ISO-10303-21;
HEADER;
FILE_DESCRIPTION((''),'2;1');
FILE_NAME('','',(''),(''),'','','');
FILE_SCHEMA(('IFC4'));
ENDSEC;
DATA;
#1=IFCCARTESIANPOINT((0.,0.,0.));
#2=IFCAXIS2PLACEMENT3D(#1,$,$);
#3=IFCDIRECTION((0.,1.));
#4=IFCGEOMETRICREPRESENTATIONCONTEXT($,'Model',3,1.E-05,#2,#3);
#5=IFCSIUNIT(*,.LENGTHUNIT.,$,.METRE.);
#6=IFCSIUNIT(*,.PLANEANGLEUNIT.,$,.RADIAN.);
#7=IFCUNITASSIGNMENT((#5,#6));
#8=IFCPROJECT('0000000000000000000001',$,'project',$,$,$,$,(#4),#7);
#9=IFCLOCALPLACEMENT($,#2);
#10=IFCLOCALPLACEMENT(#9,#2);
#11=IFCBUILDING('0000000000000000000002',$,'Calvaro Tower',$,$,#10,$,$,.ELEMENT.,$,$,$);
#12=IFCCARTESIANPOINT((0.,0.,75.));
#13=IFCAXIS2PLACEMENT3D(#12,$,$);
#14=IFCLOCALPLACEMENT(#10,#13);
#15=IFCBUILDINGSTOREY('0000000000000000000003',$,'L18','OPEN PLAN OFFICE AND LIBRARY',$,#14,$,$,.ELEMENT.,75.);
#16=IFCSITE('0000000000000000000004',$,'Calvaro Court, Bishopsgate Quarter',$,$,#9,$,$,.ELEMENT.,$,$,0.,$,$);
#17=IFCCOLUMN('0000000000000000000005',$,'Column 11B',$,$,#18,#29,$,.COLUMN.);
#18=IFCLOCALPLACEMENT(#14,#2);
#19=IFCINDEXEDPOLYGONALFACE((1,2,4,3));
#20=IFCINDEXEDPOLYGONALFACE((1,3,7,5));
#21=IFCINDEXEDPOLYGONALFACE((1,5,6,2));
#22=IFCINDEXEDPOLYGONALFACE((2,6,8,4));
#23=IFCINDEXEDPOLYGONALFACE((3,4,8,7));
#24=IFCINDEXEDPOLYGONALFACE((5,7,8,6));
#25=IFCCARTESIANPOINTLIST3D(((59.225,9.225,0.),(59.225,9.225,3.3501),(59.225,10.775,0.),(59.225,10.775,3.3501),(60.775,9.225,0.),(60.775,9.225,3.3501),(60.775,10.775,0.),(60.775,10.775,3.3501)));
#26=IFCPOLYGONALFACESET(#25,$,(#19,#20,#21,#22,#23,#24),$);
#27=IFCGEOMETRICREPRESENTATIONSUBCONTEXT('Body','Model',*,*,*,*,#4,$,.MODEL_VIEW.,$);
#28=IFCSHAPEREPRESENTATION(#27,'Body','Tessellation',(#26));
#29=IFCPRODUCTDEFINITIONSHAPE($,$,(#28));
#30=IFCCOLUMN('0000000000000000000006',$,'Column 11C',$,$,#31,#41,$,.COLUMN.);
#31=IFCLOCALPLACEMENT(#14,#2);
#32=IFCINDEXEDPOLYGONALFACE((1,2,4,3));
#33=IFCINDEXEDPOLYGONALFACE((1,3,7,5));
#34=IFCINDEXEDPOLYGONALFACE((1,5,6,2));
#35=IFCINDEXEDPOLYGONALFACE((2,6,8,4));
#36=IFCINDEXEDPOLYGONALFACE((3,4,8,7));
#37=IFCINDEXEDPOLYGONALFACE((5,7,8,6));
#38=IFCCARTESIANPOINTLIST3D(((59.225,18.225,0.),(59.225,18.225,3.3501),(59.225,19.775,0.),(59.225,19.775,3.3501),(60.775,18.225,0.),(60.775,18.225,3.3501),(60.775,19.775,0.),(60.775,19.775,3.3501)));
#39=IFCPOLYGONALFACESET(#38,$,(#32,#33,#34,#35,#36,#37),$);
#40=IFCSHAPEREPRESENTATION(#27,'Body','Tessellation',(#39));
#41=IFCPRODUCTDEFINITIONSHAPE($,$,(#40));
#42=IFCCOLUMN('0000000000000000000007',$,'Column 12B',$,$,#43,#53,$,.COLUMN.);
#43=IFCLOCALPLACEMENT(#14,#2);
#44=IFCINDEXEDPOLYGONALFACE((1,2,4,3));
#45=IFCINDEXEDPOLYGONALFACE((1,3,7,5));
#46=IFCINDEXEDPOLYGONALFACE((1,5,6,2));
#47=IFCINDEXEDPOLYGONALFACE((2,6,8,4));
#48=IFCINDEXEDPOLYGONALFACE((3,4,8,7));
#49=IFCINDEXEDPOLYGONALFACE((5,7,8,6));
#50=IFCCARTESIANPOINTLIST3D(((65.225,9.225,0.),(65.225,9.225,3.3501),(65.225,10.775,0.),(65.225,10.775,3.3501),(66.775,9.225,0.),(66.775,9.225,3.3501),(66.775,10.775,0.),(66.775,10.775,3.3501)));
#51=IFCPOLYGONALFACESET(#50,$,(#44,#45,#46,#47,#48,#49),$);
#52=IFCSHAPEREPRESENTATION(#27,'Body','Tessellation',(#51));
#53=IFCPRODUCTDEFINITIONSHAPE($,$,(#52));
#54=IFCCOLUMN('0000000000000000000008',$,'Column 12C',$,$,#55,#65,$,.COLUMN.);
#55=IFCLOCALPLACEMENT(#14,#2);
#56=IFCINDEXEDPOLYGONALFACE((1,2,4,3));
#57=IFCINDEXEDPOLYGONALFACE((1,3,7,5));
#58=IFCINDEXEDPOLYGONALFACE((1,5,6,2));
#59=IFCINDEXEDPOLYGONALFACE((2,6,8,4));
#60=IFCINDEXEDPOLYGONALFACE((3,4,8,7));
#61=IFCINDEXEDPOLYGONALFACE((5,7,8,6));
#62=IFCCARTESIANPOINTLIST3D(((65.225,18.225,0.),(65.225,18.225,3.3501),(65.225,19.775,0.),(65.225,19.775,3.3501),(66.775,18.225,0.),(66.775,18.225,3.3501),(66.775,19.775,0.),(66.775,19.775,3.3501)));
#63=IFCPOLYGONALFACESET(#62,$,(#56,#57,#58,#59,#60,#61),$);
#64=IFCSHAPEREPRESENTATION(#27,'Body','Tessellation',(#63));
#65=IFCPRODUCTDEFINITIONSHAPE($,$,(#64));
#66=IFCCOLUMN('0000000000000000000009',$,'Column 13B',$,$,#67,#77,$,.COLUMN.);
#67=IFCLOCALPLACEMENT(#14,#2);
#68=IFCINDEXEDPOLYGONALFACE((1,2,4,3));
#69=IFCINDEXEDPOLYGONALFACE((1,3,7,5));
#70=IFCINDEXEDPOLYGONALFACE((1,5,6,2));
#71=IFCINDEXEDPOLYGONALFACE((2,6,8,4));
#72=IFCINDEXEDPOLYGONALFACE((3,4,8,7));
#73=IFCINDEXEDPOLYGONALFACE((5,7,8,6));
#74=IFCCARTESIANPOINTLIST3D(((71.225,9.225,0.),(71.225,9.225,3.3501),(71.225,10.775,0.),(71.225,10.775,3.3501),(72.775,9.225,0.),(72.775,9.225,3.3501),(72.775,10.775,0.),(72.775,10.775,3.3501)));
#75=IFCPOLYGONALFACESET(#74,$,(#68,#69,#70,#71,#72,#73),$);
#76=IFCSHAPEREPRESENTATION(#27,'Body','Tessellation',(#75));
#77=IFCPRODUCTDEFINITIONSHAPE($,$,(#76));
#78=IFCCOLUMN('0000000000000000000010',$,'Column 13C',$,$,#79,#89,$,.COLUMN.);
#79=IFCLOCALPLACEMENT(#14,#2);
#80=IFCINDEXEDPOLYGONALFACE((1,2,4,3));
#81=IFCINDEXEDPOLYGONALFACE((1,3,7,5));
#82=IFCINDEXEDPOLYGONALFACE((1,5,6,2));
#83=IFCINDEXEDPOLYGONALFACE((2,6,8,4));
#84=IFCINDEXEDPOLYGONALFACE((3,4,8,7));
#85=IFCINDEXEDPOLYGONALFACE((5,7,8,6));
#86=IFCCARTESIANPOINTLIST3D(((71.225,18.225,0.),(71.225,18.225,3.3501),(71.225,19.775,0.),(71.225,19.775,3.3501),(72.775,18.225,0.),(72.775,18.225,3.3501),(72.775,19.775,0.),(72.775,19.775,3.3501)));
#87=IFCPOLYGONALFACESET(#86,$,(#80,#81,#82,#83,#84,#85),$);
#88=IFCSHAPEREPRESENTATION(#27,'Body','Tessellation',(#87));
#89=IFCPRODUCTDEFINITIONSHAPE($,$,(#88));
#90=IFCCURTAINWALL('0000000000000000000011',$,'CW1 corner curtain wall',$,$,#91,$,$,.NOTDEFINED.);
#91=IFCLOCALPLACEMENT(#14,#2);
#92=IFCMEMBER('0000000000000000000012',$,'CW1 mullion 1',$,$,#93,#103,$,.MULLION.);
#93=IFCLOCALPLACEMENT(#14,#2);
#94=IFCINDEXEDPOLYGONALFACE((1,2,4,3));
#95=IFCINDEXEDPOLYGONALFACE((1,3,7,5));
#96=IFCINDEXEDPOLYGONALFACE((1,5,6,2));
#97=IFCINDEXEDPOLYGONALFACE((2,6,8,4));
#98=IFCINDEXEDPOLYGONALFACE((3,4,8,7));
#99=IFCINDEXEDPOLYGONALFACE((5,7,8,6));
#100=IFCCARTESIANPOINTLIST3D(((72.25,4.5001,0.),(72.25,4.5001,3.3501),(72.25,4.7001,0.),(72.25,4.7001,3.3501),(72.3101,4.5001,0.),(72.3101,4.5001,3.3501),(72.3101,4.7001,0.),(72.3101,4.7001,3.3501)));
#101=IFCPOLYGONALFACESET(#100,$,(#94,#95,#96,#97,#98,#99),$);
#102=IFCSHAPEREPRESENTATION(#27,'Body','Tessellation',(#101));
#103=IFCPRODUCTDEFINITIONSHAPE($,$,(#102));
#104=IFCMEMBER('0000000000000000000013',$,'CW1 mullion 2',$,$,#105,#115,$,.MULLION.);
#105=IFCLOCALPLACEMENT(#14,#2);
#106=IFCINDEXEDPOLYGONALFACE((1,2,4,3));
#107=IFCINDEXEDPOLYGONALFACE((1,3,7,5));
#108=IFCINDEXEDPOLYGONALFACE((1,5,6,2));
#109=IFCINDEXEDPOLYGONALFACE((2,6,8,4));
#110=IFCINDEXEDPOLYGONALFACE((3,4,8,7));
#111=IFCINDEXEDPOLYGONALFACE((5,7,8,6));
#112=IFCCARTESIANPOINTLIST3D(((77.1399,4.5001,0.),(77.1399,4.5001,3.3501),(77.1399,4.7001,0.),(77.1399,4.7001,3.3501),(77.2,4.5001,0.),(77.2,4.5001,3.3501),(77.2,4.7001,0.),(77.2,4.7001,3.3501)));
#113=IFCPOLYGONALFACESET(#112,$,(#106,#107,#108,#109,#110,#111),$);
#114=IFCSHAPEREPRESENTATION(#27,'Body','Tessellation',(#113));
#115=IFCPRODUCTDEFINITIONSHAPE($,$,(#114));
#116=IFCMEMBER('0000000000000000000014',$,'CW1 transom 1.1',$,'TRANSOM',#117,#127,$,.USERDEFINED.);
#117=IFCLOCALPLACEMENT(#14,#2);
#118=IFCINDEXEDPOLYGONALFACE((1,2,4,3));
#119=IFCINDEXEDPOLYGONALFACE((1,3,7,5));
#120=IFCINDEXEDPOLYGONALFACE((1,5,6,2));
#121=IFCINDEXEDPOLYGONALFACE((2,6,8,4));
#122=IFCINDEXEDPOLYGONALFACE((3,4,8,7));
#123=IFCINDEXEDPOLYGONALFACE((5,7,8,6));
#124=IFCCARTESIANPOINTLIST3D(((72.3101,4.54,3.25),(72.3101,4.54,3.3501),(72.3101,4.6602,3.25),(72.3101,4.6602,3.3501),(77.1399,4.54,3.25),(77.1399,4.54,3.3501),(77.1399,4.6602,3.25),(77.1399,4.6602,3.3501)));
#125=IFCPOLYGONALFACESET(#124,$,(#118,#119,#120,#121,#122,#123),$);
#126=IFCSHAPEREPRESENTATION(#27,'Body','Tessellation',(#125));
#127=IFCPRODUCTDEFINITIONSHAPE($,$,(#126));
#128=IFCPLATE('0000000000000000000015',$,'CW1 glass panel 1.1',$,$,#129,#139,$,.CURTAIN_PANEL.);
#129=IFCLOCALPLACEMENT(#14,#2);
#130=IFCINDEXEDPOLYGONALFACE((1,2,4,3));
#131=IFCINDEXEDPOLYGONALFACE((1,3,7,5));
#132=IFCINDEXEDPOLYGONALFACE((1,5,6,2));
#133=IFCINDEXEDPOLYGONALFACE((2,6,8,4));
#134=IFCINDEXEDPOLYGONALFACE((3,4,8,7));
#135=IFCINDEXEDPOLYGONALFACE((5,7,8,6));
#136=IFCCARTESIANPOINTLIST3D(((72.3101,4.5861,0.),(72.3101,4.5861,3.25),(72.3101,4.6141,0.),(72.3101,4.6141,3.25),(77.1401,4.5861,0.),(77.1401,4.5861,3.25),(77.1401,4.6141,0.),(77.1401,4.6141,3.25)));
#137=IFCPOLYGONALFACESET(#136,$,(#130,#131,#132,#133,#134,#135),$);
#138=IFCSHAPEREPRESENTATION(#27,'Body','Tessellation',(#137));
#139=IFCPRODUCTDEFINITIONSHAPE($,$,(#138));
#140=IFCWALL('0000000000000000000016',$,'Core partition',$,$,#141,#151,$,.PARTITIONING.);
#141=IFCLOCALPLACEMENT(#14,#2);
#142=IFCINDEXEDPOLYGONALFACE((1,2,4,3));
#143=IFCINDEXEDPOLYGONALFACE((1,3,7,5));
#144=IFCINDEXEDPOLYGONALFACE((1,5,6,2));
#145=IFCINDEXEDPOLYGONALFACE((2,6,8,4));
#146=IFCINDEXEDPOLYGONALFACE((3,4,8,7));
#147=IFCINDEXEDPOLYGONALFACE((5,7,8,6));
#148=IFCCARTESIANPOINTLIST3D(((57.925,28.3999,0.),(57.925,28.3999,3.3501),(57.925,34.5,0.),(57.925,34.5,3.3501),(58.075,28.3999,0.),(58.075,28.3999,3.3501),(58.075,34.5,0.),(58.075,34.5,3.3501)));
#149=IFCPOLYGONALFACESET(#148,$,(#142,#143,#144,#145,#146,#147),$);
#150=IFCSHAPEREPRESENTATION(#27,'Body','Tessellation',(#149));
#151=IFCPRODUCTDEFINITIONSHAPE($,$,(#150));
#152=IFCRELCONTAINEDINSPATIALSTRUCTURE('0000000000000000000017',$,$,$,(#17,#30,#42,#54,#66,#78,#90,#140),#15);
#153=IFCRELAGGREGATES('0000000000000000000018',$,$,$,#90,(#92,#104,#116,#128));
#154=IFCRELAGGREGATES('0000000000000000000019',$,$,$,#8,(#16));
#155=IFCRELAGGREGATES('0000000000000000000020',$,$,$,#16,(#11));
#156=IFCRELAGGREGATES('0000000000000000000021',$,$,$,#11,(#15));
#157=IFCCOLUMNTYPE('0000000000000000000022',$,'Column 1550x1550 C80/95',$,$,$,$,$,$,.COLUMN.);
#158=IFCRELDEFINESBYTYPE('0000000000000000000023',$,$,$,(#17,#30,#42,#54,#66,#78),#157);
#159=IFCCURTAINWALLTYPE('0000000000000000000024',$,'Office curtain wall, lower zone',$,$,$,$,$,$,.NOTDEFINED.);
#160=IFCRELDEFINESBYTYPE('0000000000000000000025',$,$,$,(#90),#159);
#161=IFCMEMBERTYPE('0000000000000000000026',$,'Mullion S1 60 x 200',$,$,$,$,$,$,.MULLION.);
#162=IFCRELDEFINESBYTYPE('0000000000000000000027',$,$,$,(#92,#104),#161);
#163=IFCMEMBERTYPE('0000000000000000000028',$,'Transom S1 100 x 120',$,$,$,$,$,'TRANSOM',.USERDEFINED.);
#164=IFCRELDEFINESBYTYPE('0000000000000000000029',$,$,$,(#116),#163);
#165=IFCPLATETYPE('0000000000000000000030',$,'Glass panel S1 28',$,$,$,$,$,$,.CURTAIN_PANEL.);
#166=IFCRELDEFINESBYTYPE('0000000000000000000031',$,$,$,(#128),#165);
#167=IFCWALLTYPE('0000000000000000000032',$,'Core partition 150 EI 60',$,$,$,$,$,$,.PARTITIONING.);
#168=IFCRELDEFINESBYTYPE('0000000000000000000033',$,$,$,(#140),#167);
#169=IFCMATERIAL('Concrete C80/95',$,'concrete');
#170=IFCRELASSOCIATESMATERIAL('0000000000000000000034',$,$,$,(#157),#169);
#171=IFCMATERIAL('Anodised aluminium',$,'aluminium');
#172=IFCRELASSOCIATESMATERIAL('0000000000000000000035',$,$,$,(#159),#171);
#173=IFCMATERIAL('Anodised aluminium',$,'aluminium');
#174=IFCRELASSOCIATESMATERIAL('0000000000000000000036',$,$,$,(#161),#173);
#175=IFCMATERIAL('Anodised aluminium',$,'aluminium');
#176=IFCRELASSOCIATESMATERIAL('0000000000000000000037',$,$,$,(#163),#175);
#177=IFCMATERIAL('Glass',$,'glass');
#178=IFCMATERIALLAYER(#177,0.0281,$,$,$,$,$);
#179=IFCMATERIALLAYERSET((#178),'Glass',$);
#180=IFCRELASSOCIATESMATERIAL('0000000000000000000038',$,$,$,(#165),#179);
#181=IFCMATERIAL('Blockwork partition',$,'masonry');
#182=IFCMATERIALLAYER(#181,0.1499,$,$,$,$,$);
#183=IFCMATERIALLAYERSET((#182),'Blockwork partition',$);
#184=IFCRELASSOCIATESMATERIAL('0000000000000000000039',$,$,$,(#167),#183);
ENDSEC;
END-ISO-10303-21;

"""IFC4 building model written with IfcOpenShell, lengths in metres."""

from ifc_helpers import new_model, si_unit, direction, frame, frame_2d, origin, origin_2d, place, context, subcontext, project, spatial, rectangle, extrude, material, layer, layer_set, material_profile, profile_set, type_object, element, aggregate, save


model = new_model("IFC4")

# Units and contexts
model_context = context("Model", 3, precision=1e-05, world=origin(), true_north=direction((0.0, 1.0)))
body_context = subcontext(model_context, "Body", "Model", "MODEL_VIEW")
ifc_project = project(units=[si_unit("LENGTHUNIT", "METRE"), si_unit("PLANEANGLEUNIT", "RADIAN")], contexts=[model_context])

# Site, building, storey
site_placement = place(None, origin())
site = spatial("IfcSite", under=ifc_project, at=site_placement, Name="Calvaro Court, Bishopsgate Quarter", CompositionType="ELEMENT", RefElevation=0.0)
building_placement = place(site_placement, origin())
building = spatial("IfcBuilding", under=site, at=building_placement, Name="Calvaro Tower", CompositionType="ELEMENT")
storey_placement = place(building_placement, frame((0.0, 0.0, 75.0)))
storey = spatial("IfcBuildingStorey", under=building, at=storey_placement, Name="L18", Description="OPEN PLAN OFFICE AND LIBRARY", CompositionType="ELEMENT", Elevation=75.0)

# Columns
ifc_material_1 = material(Name="Concrete C80/95", Category="concrete")
ifc_material_profile_1 = material_profile(ifc_material_1, rectangle(XDim=1.55, YDim=1.55, at=origin_2d()), Name="RC 1550x1550")
ifc_profile_set_1 = profile_set([ifc_material_profile_1], Name="Concrete C80/95")
column_type = type_object("IfcColumnType", Name="Column 1550x1550 C80/95", PredefinedType="COLUMN", material=ifc_profile_set_1)
for number, where, z_axis, x_axis, name in (
    (1, (60.0, 10.0, 0.0), (0.0, 0.0, 1.0), (1.0, 0.0, 0.0), "Column 11B"),
    (2, (60.0, 19.0, 0.0), (0.0, 0.0, 1.0), (1.0, 0.0, 0.0), "Column 11C"),
    (3, (66.0, 10.0, 0.0), (0.0, 0.0, 1.0), (1.0, 0.0, 0.0), "Column 12B"),
    (4, (66.0, 19.0, 0.0), (0.0, 0.0, 1.0), (1.0, 0.0, 0.0), "Column 12C"),
    (5, (72.0, 10.0, 0.0), (0.0, 0.0, 1.0), (1.0, 0.0, 0.0), "Column 13B"),
    (6, (72.0, 19.0, 0.0), (0.0, 0.0, 1.0), (1.0, 0.0, 0.0), "Column 13C"),
):
    element("IfcColumn", number, at=place(storey_placement, frame(where, z_axis=z_axis, x_axis=x_axis)), inside=storey, type_object=column_type, Name=name, PredefinedType="COLUMN", context=body_context, shape_type="SweptSolid", body=[
        extrude(rectangle(XDim=1.55, YDim=1.55, at=origin_2d()), origin(), (0.0, 0.0, 1.0), 3.3501),
    ])

# Curtain wall, members, plate
ifc_material_2 = material(Name="Anodised aluminium", Category="aluminium")
curtain_wall_type = type_object("IfcCurtainWallType", Name="Office curtain wall, lower zone", PredefinedType="NOTDEFINED", material=ifc_material_2)
curtain_wall_placement = place(storey_placement, origin())
curtain_wall = element("IfcCurtainWall", 7, at=curtain_wall_placement, inside=storey, type_object=curtain_wall_type, Name="CW1 corner curtain wall", PredefinedType="NOTDEFINED")
ifc_material_3 = material(Name="Anodised aluminium", Category="aluminium")
ifc_material_profile_2 = material_profile(ifc_material_3, rectangle(XDim=0.2, YDim=0.0601, at=origin_2d()), Name="Mullion S1 60 x 200")
ifc_profile_set_2 = profile_set([ifc_material_profile_2], Name="Anodised aluminium")
member_type_1 = type_object("IfcMemberType", Name="Mullion S1 60 x 200", PredefinedType="MULLION", material=ifc_profile_set_2)
member_1_placement = place(storey_placement, frame((72.28, 4.6001, 0.0), z_axis=(0.0, 0.0, 1.0), x_axis=(0.0, 1.0, 0.0)))
member_1 = element("IfcMember", 8, at=member_1_placement, type_object=member_type_1, Name="CW1 mullion 1", PredefinedType="MULLION", context=body_context, shape_type="SweptSolid", body=[
    extrude(rectangle(XDim=0.2, YDim=0.0601, at=origin_2d()), origin(), (0.0, 0.0, 1.0), 3.3501),
])
member_2_placement = place(storey_placement, frame((77.1699, 4.6001, 0.0), z_axis=(0.0, 0.0, 1.0), x_axis=(0.0, 1.0, 0.0)))
member_2 = element("IfcMember", 9, at=member_2_placement, type_object=member_type_1, Name="CW1 mullion 2", PredefinedType="MULLION", context=body_context, shape_type="SweptSolid", body=[
    extrude(rectangle(XDim=0.2, YDim=0.0601, at=origin_2d()), origin(), (0.0, 0.0, 1.0), 3.3501),
])
ifc_material_4 = material(Name="Anodised aluminium", Category="aluminium")
ifc_material_profile_3 = material_profile(ifc_material_4, rectangle(XDim=0.1201, YDim=0.1001, at=origin_2d()), Name="Transom S1 100 x 120")
ifc_profile_set_3 = profile_set([ifc_material_profile_3], Name="Anodised aluminium")
member_type_2 = type_object("IfcMemberType", Name="Transom S1 100 x 120", ElementType="TRANSOM", PredefinedType="USERDEFINED", material=ifc_profile_set_3)
member_3_placement = place(storey_placement, frame((72.3101, 4.6001, 3.3), z_axis=(1.0, 0.0, 0.0), x_axis=(0.0, 1.0, 0.0)))
member_3 = element("IfcMember", 10, at=member_3_placement, type_object=member_type_2, Name="CW1 transom 1.1", ObjectType="TRANSOM", PredefinedType="USERDEFINED", context=body_context, shape_type="SweptSolid", body=[
    extrude(rectangle(XDim=0.1201, YDim=0.1001, at=origin_2d()), origin(), (0.0, 0.0, 1.0), 4.8298),
])
ifc_material_5 = material(Name="Glass", Category="glass")
ifc_layer_1 = layer(ifc_material_5, 0.0281)
ifc_layer_set_1 = layer_set([ifc_layer_1], Name="Glass")
plate_type = type_object("IfcPlateType", Name="Glass panel S1 28", PredefinedType="CURTAIN_PANEL", material=ifc_layer_set_1)
plate_placement = place(storey_placement, frame((74.7251, 4.6001, 0.0), z_axis=(0.0, 0.0, 1.0), x_axis=(1.0, 0.0, 0.0)))
plate = element("IfcPlate", 11, at=plate_placement, type_object=plate_type, Name="CW1 glass panel 1.1", PredefinedType="CURTAIN_PANEL", context=body_context, shape_type="SweptSolid", body=[
    extrude(rectangle(XDim=4.8301, YDim=0.0281, at=origin_2d()), origin(), (0.0, 0.0, 1.0), 3.25),
])
aggregate(curtain_wall, [member_1, member_2, member_3, plate])

# Wall
ifc_material_6 = material(Name="Blockwork partition", Category="masonry")
ifc_layer_2 = layer(ifc_material_6, 0.1499)
ifc_layer_set_2 = layer_set([ifc_layer_2], Name="Blockwork partition")
wall_type_1 = type_object("IfcWallType", Name="Core partition 150 EI 60", PredefinedType="PARTITIONING", material=ifc_layer_set_2)
wall_1_placement = place(storey_placement, frame((58.0, 28.3999, 0.0), z_axis=(0.0, 0.0, 1.0), x_axis=(0.0, 1.0, 0.0)))
element("IfcWall", 12, at=wall_1_placement, inside=storey, type_object=wall_type_1, Name="Core partition", PredefinedType="PARTITIONING", context=body_context, shape_type="SweptSolid", body=[
    extrude(rectangle(XDim=6.1001, YDim=0.1499, at=frame_2d((3.05, 0.0))), origin(), (0.0, 0.0, 1.0), 3.3501),
])

save(model, "model.ifc")
